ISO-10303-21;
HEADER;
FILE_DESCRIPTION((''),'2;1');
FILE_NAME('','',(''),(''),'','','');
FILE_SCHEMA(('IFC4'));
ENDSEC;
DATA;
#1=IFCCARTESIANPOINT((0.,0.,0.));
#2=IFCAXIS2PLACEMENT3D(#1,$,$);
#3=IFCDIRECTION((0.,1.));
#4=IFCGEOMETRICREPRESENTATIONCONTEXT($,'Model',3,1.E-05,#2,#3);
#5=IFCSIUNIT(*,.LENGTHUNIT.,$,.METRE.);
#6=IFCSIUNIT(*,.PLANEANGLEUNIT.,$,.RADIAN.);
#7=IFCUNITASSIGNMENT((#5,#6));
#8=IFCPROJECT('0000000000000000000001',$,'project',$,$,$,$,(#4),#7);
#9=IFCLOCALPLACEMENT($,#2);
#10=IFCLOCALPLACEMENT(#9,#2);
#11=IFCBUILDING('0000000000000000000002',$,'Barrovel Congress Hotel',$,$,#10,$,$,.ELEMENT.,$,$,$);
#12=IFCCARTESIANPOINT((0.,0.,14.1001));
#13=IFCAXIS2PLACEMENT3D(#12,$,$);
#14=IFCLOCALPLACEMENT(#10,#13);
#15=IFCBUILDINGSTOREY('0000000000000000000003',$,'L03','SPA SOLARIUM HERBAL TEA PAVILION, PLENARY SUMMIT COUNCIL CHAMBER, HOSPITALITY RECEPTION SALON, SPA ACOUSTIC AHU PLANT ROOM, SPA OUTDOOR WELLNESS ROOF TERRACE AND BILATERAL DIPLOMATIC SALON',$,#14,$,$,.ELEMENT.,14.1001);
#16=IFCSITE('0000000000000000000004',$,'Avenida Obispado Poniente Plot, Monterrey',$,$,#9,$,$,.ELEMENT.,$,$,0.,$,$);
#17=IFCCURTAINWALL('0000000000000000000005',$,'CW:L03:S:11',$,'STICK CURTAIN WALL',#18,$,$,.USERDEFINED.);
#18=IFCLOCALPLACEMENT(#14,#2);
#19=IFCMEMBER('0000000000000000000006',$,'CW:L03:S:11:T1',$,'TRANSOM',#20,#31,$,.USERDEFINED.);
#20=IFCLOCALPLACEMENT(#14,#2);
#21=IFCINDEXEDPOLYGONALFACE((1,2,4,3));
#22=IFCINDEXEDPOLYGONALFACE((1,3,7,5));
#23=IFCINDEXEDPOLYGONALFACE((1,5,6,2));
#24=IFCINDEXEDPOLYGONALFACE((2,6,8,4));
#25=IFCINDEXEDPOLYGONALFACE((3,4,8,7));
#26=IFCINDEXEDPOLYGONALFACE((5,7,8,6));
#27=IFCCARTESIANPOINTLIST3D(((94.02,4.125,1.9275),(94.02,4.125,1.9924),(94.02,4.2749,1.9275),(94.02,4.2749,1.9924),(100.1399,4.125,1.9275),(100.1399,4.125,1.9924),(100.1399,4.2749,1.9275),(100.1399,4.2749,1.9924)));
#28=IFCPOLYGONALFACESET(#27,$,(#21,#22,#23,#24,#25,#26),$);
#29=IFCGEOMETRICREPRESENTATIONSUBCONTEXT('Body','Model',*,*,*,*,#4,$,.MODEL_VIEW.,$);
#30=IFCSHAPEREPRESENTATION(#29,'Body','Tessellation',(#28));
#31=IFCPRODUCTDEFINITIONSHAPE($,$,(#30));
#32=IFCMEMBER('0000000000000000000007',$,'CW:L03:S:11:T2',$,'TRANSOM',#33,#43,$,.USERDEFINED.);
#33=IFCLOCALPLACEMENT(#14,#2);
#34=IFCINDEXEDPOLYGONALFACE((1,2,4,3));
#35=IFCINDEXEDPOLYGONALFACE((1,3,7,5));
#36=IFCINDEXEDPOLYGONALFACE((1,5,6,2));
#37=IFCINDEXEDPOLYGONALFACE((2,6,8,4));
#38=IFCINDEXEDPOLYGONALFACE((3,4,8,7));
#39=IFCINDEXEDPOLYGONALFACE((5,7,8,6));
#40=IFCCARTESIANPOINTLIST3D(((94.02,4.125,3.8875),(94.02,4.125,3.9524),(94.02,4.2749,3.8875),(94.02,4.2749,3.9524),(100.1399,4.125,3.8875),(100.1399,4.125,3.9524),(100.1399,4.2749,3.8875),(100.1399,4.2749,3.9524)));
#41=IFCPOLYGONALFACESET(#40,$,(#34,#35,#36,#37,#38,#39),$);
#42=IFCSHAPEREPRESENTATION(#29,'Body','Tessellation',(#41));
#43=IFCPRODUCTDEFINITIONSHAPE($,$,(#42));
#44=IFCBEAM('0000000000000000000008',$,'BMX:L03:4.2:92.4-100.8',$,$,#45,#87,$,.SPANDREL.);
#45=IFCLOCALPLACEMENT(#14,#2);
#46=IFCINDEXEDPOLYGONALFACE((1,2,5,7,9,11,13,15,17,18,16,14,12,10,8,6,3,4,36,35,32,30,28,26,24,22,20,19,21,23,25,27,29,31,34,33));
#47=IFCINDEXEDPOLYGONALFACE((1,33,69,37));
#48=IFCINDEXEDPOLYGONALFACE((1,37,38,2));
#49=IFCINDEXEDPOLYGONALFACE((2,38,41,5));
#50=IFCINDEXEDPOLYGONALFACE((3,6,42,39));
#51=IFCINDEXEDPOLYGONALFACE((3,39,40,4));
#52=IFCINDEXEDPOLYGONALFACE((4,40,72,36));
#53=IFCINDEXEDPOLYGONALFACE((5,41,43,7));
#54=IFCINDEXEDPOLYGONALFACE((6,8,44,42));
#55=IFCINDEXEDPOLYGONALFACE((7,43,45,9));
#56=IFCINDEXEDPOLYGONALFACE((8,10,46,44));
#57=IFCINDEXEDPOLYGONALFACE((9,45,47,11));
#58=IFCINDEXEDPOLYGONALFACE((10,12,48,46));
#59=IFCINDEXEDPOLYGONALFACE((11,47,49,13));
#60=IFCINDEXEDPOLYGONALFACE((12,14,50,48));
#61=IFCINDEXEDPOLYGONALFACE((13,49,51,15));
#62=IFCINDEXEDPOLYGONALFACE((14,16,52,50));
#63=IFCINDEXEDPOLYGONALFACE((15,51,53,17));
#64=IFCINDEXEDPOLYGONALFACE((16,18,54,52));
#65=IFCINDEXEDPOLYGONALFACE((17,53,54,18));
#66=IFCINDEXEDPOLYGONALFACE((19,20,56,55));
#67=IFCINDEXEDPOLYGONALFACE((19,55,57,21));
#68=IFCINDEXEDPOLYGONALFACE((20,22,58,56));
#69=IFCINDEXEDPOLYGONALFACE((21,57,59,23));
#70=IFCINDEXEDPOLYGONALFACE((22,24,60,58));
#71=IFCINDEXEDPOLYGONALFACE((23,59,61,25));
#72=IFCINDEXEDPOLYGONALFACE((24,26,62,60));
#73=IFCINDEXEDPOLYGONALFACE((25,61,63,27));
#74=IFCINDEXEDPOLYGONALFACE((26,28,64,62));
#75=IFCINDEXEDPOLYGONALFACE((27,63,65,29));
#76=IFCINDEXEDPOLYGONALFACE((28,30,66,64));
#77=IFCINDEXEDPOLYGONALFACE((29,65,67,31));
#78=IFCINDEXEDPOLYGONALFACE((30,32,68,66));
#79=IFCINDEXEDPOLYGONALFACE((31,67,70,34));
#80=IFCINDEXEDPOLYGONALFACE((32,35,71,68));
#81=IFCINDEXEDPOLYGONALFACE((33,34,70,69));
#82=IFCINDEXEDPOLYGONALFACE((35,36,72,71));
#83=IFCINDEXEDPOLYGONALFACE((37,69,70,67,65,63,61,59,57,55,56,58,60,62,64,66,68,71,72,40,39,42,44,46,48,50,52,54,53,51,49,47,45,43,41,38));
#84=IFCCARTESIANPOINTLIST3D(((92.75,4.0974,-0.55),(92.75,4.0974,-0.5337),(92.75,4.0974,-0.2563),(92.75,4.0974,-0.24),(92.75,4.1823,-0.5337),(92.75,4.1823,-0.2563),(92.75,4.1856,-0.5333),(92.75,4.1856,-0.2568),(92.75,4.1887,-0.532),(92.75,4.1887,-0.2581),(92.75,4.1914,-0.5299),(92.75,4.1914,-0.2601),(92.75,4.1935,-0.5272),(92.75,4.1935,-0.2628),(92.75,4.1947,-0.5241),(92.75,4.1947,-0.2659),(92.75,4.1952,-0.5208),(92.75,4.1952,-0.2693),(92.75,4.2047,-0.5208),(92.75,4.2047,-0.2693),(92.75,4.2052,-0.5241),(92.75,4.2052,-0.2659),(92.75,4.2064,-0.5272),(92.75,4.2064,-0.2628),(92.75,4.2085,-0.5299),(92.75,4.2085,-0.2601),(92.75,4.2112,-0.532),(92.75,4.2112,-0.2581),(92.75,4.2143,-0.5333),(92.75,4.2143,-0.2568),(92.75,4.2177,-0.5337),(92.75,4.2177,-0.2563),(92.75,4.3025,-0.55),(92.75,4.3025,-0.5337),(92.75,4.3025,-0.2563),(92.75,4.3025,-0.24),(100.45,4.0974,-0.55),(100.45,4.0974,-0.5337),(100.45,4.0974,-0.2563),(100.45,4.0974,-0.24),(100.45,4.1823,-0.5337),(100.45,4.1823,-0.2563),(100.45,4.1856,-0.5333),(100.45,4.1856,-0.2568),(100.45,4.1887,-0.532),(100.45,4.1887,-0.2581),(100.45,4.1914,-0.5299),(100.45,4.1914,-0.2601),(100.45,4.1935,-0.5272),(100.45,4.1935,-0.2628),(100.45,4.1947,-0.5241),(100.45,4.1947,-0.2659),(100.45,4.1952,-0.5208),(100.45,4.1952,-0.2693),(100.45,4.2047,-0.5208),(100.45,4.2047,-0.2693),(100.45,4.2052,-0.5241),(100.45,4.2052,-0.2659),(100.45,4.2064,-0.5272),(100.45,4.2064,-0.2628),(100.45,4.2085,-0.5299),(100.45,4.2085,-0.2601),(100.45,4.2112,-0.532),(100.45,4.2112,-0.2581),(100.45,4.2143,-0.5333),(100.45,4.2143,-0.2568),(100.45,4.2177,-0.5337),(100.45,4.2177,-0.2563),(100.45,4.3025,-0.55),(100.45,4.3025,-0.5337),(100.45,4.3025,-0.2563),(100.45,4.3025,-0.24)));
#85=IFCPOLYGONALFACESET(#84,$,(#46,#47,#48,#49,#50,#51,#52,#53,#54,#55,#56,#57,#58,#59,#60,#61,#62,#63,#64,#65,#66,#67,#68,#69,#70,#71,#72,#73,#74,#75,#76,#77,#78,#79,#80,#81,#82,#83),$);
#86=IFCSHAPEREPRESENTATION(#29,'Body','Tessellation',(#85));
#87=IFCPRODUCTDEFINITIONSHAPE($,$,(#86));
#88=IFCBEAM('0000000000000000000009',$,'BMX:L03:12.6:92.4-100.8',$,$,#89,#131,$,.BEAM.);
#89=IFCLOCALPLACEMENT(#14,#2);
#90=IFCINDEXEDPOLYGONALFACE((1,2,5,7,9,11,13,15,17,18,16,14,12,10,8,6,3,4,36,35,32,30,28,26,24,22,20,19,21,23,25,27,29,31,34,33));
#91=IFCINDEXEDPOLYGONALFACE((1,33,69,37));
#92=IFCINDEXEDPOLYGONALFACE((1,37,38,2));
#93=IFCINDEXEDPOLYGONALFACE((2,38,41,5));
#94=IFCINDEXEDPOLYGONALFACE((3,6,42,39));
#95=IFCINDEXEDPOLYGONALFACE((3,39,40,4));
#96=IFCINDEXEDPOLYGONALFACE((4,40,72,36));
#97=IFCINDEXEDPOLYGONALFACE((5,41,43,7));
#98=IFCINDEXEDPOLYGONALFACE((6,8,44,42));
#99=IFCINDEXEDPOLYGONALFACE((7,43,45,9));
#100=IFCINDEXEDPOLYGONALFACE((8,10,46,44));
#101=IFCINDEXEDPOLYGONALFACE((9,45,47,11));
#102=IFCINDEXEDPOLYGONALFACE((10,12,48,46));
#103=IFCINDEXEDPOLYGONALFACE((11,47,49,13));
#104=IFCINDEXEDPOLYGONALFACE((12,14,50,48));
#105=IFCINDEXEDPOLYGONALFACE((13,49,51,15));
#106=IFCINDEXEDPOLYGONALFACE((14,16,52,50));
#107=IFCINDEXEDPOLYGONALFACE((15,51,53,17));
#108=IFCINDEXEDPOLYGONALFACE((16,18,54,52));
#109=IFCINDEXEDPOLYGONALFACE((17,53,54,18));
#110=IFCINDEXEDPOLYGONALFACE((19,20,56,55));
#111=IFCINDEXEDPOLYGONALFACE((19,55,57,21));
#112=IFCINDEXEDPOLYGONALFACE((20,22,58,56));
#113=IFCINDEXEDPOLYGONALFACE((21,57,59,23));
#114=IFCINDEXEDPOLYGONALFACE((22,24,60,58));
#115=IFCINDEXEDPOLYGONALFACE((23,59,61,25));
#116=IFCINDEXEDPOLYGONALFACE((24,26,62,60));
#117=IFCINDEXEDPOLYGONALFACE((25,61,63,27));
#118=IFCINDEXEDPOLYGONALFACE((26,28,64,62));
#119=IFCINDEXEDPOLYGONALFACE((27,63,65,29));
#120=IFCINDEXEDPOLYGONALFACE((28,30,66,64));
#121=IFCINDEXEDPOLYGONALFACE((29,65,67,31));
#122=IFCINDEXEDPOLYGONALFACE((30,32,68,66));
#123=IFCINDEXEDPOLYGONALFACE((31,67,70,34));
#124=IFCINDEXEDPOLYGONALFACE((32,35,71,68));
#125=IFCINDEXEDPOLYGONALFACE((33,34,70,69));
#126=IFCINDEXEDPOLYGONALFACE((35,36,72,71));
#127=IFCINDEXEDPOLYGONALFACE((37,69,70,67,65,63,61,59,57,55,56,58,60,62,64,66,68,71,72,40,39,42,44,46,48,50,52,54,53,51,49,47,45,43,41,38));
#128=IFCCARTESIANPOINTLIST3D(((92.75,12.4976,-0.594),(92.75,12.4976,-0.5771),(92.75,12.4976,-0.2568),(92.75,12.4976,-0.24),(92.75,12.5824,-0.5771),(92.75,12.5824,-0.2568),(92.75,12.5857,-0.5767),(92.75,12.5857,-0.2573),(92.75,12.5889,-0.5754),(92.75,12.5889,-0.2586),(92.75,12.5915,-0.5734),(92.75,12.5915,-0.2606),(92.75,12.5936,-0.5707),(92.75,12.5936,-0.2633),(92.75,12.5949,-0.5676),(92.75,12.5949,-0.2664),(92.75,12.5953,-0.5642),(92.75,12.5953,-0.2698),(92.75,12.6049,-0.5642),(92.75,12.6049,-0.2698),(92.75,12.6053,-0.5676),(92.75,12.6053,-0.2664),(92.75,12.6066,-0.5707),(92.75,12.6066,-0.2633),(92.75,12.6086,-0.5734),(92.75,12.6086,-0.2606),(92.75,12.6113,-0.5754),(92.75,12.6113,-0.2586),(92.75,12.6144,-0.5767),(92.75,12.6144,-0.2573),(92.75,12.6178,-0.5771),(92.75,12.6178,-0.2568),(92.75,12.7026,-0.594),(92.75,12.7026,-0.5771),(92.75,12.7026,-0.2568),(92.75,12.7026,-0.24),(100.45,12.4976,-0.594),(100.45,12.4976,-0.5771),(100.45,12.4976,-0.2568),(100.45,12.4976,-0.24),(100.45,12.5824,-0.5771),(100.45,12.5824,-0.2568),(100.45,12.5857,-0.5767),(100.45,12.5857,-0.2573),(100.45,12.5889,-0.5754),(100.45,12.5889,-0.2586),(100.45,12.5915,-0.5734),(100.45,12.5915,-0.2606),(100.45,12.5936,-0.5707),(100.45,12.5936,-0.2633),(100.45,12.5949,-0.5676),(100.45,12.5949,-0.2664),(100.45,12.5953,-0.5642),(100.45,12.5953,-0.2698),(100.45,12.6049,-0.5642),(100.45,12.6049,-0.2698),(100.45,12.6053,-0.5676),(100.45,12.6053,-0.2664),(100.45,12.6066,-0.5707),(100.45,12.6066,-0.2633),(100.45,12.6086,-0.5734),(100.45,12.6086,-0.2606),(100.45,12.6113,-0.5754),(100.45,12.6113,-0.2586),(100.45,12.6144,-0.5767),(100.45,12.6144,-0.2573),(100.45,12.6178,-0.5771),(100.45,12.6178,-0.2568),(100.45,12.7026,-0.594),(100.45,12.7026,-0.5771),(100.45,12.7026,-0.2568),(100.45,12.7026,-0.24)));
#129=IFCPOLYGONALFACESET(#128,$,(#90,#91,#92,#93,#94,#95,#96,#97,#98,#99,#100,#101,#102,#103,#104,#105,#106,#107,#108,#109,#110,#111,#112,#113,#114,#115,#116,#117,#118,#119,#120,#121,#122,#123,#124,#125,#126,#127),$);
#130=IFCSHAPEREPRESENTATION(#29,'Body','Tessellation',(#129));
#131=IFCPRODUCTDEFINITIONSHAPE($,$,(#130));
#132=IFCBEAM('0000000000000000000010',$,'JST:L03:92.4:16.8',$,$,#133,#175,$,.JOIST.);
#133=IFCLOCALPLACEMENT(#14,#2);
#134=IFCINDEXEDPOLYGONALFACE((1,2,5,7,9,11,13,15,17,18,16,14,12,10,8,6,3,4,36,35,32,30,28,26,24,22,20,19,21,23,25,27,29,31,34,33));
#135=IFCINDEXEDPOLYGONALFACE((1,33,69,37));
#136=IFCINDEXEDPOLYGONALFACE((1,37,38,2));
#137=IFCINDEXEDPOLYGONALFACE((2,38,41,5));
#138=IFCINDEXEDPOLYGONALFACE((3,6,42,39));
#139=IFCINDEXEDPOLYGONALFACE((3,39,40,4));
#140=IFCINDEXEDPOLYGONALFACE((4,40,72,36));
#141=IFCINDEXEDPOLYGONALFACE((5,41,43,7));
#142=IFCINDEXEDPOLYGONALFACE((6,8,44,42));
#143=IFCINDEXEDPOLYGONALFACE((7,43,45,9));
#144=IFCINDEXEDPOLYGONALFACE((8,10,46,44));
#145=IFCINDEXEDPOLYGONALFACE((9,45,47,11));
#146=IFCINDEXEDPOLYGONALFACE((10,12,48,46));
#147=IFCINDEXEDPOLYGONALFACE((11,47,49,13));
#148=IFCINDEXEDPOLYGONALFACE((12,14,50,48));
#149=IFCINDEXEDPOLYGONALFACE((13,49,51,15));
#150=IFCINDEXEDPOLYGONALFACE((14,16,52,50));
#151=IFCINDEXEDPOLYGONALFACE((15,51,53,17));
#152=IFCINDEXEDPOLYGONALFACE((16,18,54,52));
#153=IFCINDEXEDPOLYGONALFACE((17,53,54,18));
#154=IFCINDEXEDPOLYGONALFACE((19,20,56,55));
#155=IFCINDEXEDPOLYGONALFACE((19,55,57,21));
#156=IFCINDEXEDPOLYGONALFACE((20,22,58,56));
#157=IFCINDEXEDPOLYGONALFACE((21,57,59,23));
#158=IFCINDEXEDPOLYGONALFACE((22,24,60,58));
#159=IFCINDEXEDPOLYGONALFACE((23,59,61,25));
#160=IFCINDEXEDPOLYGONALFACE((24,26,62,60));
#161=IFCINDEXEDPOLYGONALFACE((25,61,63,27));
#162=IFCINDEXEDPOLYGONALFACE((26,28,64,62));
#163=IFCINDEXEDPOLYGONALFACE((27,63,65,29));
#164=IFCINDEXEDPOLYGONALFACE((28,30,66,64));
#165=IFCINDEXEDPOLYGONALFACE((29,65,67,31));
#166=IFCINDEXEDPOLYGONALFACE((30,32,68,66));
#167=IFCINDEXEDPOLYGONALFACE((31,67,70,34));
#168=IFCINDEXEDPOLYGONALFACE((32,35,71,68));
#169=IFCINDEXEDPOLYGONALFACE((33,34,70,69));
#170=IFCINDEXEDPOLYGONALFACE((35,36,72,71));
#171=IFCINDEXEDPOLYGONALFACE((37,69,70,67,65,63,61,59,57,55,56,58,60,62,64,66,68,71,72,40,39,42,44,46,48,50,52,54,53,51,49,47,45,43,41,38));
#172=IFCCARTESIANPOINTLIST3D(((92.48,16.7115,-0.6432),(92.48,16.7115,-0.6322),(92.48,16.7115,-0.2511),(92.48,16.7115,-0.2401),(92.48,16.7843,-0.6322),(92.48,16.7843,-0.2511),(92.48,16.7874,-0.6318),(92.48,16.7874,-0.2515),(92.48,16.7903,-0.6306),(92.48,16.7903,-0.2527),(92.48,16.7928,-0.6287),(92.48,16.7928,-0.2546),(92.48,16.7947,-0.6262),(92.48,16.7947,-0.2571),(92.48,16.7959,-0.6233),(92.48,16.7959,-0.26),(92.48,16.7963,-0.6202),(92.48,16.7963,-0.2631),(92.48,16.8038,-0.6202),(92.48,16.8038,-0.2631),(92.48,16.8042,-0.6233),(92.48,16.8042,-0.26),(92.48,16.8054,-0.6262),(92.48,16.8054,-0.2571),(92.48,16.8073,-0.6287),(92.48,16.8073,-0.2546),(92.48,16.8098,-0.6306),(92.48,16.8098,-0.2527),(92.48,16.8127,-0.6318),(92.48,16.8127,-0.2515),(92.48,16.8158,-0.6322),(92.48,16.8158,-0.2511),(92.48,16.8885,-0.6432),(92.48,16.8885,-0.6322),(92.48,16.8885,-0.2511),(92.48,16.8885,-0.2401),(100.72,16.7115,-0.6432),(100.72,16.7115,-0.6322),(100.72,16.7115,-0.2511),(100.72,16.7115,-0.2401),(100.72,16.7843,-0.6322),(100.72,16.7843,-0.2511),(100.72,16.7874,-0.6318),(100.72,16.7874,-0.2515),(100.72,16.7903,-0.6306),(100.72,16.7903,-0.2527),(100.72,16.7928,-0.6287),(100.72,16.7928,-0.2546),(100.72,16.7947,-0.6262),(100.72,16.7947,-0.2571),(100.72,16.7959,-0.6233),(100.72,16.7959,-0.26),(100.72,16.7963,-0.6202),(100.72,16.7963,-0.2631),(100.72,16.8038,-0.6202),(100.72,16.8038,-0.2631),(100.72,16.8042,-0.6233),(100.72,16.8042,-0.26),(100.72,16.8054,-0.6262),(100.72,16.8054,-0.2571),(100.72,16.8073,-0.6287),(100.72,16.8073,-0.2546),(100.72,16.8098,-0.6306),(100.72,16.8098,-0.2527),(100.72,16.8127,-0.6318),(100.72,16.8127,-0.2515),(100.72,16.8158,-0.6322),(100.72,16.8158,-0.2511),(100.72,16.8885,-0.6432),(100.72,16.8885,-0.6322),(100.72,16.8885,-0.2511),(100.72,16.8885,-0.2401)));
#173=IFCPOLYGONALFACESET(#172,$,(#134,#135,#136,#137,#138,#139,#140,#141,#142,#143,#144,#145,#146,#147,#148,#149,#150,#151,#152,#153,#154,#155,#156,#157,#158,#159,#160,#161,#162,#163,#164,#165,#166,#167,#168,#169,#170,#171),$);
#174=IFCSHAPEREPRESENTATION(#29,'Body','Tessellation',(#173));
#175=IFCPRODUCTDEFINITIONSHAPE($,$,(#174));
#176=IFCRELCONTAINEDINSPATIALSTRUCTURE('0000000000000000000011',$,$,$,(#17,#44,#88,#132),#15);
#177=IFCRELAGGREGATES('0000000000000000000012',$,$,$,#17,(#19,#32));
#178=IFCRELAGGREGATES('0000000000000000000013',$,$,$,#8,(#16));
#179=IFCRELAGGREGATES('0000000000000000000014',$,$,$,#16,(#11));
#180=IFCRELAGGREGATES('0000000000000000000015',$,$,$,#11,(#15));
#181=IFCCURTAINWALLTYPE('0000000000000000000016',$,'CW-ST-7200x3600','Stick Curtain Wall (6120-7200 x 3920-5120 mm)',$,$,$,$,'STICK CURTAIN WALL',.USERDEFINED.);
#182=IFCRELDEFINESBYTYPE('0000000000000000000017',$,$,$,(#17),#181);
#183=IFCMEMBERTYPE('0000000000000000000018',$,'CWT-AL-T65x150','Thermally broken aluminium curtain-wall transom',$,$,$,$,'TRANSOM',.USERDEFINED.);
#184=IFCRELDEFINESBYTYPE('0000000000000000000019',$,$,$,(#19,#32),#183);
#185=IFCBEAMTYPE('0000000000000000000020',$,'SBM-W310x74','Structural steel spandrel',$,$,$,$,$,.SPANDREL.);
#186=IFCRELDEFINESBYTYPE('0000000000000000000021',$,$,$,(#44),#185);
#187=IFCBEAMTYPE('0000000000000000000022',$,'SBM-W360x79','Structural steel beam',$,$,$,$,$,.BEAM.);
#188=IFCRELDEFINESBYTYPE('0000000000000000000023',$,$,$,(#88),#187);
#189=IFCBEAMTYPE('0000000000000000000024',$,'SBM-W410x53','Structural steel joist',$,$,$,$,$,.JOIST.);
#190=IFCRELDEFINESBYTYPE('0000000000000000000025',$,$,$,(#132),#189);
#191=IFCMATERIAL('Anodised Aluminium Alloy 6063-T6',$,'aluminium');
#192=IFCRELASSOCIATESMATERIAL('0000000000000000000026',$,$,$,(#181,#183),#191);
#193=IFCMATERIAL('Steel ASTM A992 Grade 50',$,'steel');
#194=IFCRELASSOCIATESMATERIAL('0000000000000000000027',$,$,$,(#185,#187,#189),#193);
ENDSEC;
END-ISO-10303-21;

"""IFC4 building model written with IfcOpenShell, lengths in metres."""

from ifc_helpers import new_model, si_unit, direction, frame, origin, origin_2d, place, context, subcontext, project, spatial, rectangle, i_section, extrude, material, material_profile, profile_set, type_object, element, aggregate, save


model = new_model("IFC4")

# Units and contexts
model_context = context("Model", 3, precision=1e-05, world=origin(), true_north=direction((0.0, 1.0)))
body_context = subcontext(model_context, "Body", "Model", "MODEL_VIEW")
ifc_project = project(units=[si_unit("LENGTHUNIT", "METRE"), si_unit("PLANEANGLEUNIT", "RADIAN")], contexts=[model_context])

# Site, building, storey
site_placement = place(None, origin())
site = spatial("IfcSite", under=ifc_project, at=site_placement, Name="Avenida Obispado Poniente Plot, Monterrey", CompositionType="ELEMENT", RefElevation=0.0)
building_placement = place(site_placement, origin())
building = spatial("IfcBuilding", under=site, at=building_placement, Name="Barrovel Congress Hotel", CompositionType="ELEMENT")
storey_placement = place(building_placement, frame((0.0, 0.0, 14.1001)))
storey = spatial("IfcBuildingStorey", under=building, at=storey_placement, Name="L03", Description="SPA SOLARIUM HERBAL TEA PAVILION, PLENARY SUMMIT COUNCIL CHAMBER, HOSPITALITY RECEPTION SALON, SPA ACOUSTIC AHU PLANT ROOM, SPA OUTDOOR WELLNESS ROOF TERRACE AND BILATERAL DIPLOMATIC SALON", CompositionType="ELEMENT", Elevation=14.1001)

# Curtain wall, members
ifc_material_1 = material(Name="Anodised Aluminium Alloy 6063-T6", Category="aluminium")
curtain_wall_type = type_object("IfcCurtainWallType", Name="CW-ST-7200x3600", Description="Stick Curtain Wall (6120-7200 x 3920-5120 mm)", ElementType="STICK CURTAIN WALL", PredefinedType="USERDEFINED", material=ifc_material_1)
curtain_wall_placement = place(storey_placement, origin())
curtain_wall = element("IfcCurtainWall", 1, at=curtain_wall_placement, inside=storey, type_object=curtain_wall_type, Name="CW:L03:S:11", ObjectType="STICK CURTAIN WALL", PredefinedType="USERDEFINED")
ifc_material_profile_1 = material_profile(ifc_material_1, rectangle(XDim=0.1499, YDim=0.0649, at=origin_2d()), Name="AL-T65x150")
ifc_profile_set_1 = profile_set([ifc_material_profile_1], Name="Anodised Aluminium Alloy 6063-T6")
member_type_1 = type_object("IfcMemberType", Name="CWT-AL-T65x150", Description="Thermally broken aluminium curtain-wall transom", ElementType="TRANSOM", PredefinedType="USERDEFINED", material=ifc_profile_set_1)
member_1_placement = place(storey_placement, frame((94.02, 4.2, 1.96), z_axis=(1.0, 0.0, 0.0), x_axis=(0.0, 1.0, 0.0)))
member_1 = element("IfcMember", 2, at=member_1_placement, type_object=member_type_1, Name="CW:L03:S:11:T1", ObjectType="TRANSOM", PredefinedType="USERDEFINED", context=body_context, shape_type="SweptSolid", body=[
    extrude(rectangle(XDim=0.1499, YDim=0.0649, at=origin_2d()), origin(), (0.0, 0.0, 1.0), 6.1199),
])
member_2_placement = place(storey_placement, frame((94.02, 4.2, 3.9199), z_axis=(1.0, 0.0, 0.0), x_axis=(0.0, 1.0, 0.0)))
member_2 = element("IfcMember", 3, at=member_2_placement, type_object=member_type_1, Name="CW:L03:S:11:T2", ObjectType="TRANSOM", PredefinedType="USERDEFINED", context=body_context, shape_type="SweptSolid", body=[
    extrude(rectangle(XDim=0.1499, YDim=0.0649, at=origin_2d()), origin(), (0.0, 0.0, 1.0), 6.1199),
])

# Beams
ifc_material_2 = material(Name="Steel ASTM A992 Grade 50", Category="steel")
ifc_material_profile_2 = material_profile(ifc_material_2, i_section(OverallWidth=0.2051, OverallDepth=0.3101, WebThickness=0.0095, FlangeThickness=0.0164, FilletRadius=0.0129, at=origin_2d()), Name="W310x74")
ifc_profile_set_2 = profile_set([ifc_material_profile_2], Name="Steel ASTM A992 Grade 50")
beam_type_1 = type_object("IfcBeamType", Name="SBM-W310x74", Description="Structural steel spandrel", PredefinedType="SPANDREL", material=ifc_profile_set_2)
beam_1_placement = place(storey_placement, frame((92.75, 4.2, -0.395), z_axis=(1.0, 0.0, 0.0), x_axis=(0.0, 1.0, 0.0)))
element("IfcBeam", 4, at=beam_1_placement, inside=storey, type_object=beam_type_1, Name="BMX:L03:4.2:92.4-100.8", PredefinedType="SPANDREL", context=body_context, shape_type="SweptSolid", body=[
    extrude(i_section(OverallWidth=0.2051, OverallDepth=0.3101, WebThickness=0.0095, FlangeThickness=0.0164, FilletRadius=0.0129, at=origin_2d()), origin(), (0.0, 0.0, 1.0), 7.7),
])
ifc_material_profile_3 = material_profile(ifc_material_2, i_section(OverallWidth=0.2051, OverallDepth=0.354, WebThickness=0.0095, FlangeThickness=0.0168, FilletRadius=0.0129, at=origin_2d()), Name="W360x79")
ifc_profile_set_3 = profile_set([ifc_material_profile_3], Name="Steel ASTM A992 Grade 50")
beam_type_2 = type_object("IfcBeamType", Name="SBM-W360x79", Description="Structural steel beam", PredefinedType="BEAM", material=ifc_profile_set_3)
beam_2_placement = place(storey_placement, frame((92.75, 12.6001, -0.417), z_axis=(1.0, 0.0, 0.0), x_axis=(0.0, 1.0, 0.0)))
element("IfcBeam", 5, at=beam_2_placement, inside=storey, type_object=beam_type_2, Name="BMX:L03:12.6:92.4-100.8", PredefinedType="BEAM", context=body_context, shape_type="SweptSolid", body=[
    extrude(i_section(OverallWidth=0.2051, OverallDepth=0.354, WebThickness=0.0095, FlangeThickness=0.0168, FilletRadius=0.0129, at=origin_2d()), origin(), (0.0, 0.0, 1.0), 7.7),
])
ifc_material_profile_4 = material_profile(ifc_material_2, i_section(OverallWidth=0.177, OverallDepth=0.4031, WebThickness=0.0076, FlangeThickness=0.011, FilletRadius=0.012, at=origin_2d()), Name="W410x53")
ifc_profile_set_4 = profile_set([ifc_material_profile_4], Name="Steel ASTM A992 Grade 50")
beam_type_3 = type_object("IfcBeamType", Name="SBM-W410x53", Description="Structural steel joist", PredefinedType="JOIST", material=ifc_profile_set_4)
beam_3_placement = place(storey_placement, frame((92.48, 16.8, -0.4417), z_axis=(1.0, 0.0, 0.0), x_axis=(0.0, 1.0, 0.0)))
element("IfcBeam", 6, at=beam_3_placement, inside=storey, type_object=beam_type_3, Name="JST:L03:92.4:16.8", PredefinedType="JOIST", context=body_context, shape_type="SweptSolid", body=[
    extrude(i_section(OverallWidth=0.177, OverallDepth=0.4031, WebThickness=0.0076, FlangeThickness=0.011, FilletRadius=0.012, at=origin_2d()), origin(), (0.0, 0.0, 1.0), 8.24),
])

aggregate(curtain_wall, [member_1, member_2])

save(model, "model.ifc")
